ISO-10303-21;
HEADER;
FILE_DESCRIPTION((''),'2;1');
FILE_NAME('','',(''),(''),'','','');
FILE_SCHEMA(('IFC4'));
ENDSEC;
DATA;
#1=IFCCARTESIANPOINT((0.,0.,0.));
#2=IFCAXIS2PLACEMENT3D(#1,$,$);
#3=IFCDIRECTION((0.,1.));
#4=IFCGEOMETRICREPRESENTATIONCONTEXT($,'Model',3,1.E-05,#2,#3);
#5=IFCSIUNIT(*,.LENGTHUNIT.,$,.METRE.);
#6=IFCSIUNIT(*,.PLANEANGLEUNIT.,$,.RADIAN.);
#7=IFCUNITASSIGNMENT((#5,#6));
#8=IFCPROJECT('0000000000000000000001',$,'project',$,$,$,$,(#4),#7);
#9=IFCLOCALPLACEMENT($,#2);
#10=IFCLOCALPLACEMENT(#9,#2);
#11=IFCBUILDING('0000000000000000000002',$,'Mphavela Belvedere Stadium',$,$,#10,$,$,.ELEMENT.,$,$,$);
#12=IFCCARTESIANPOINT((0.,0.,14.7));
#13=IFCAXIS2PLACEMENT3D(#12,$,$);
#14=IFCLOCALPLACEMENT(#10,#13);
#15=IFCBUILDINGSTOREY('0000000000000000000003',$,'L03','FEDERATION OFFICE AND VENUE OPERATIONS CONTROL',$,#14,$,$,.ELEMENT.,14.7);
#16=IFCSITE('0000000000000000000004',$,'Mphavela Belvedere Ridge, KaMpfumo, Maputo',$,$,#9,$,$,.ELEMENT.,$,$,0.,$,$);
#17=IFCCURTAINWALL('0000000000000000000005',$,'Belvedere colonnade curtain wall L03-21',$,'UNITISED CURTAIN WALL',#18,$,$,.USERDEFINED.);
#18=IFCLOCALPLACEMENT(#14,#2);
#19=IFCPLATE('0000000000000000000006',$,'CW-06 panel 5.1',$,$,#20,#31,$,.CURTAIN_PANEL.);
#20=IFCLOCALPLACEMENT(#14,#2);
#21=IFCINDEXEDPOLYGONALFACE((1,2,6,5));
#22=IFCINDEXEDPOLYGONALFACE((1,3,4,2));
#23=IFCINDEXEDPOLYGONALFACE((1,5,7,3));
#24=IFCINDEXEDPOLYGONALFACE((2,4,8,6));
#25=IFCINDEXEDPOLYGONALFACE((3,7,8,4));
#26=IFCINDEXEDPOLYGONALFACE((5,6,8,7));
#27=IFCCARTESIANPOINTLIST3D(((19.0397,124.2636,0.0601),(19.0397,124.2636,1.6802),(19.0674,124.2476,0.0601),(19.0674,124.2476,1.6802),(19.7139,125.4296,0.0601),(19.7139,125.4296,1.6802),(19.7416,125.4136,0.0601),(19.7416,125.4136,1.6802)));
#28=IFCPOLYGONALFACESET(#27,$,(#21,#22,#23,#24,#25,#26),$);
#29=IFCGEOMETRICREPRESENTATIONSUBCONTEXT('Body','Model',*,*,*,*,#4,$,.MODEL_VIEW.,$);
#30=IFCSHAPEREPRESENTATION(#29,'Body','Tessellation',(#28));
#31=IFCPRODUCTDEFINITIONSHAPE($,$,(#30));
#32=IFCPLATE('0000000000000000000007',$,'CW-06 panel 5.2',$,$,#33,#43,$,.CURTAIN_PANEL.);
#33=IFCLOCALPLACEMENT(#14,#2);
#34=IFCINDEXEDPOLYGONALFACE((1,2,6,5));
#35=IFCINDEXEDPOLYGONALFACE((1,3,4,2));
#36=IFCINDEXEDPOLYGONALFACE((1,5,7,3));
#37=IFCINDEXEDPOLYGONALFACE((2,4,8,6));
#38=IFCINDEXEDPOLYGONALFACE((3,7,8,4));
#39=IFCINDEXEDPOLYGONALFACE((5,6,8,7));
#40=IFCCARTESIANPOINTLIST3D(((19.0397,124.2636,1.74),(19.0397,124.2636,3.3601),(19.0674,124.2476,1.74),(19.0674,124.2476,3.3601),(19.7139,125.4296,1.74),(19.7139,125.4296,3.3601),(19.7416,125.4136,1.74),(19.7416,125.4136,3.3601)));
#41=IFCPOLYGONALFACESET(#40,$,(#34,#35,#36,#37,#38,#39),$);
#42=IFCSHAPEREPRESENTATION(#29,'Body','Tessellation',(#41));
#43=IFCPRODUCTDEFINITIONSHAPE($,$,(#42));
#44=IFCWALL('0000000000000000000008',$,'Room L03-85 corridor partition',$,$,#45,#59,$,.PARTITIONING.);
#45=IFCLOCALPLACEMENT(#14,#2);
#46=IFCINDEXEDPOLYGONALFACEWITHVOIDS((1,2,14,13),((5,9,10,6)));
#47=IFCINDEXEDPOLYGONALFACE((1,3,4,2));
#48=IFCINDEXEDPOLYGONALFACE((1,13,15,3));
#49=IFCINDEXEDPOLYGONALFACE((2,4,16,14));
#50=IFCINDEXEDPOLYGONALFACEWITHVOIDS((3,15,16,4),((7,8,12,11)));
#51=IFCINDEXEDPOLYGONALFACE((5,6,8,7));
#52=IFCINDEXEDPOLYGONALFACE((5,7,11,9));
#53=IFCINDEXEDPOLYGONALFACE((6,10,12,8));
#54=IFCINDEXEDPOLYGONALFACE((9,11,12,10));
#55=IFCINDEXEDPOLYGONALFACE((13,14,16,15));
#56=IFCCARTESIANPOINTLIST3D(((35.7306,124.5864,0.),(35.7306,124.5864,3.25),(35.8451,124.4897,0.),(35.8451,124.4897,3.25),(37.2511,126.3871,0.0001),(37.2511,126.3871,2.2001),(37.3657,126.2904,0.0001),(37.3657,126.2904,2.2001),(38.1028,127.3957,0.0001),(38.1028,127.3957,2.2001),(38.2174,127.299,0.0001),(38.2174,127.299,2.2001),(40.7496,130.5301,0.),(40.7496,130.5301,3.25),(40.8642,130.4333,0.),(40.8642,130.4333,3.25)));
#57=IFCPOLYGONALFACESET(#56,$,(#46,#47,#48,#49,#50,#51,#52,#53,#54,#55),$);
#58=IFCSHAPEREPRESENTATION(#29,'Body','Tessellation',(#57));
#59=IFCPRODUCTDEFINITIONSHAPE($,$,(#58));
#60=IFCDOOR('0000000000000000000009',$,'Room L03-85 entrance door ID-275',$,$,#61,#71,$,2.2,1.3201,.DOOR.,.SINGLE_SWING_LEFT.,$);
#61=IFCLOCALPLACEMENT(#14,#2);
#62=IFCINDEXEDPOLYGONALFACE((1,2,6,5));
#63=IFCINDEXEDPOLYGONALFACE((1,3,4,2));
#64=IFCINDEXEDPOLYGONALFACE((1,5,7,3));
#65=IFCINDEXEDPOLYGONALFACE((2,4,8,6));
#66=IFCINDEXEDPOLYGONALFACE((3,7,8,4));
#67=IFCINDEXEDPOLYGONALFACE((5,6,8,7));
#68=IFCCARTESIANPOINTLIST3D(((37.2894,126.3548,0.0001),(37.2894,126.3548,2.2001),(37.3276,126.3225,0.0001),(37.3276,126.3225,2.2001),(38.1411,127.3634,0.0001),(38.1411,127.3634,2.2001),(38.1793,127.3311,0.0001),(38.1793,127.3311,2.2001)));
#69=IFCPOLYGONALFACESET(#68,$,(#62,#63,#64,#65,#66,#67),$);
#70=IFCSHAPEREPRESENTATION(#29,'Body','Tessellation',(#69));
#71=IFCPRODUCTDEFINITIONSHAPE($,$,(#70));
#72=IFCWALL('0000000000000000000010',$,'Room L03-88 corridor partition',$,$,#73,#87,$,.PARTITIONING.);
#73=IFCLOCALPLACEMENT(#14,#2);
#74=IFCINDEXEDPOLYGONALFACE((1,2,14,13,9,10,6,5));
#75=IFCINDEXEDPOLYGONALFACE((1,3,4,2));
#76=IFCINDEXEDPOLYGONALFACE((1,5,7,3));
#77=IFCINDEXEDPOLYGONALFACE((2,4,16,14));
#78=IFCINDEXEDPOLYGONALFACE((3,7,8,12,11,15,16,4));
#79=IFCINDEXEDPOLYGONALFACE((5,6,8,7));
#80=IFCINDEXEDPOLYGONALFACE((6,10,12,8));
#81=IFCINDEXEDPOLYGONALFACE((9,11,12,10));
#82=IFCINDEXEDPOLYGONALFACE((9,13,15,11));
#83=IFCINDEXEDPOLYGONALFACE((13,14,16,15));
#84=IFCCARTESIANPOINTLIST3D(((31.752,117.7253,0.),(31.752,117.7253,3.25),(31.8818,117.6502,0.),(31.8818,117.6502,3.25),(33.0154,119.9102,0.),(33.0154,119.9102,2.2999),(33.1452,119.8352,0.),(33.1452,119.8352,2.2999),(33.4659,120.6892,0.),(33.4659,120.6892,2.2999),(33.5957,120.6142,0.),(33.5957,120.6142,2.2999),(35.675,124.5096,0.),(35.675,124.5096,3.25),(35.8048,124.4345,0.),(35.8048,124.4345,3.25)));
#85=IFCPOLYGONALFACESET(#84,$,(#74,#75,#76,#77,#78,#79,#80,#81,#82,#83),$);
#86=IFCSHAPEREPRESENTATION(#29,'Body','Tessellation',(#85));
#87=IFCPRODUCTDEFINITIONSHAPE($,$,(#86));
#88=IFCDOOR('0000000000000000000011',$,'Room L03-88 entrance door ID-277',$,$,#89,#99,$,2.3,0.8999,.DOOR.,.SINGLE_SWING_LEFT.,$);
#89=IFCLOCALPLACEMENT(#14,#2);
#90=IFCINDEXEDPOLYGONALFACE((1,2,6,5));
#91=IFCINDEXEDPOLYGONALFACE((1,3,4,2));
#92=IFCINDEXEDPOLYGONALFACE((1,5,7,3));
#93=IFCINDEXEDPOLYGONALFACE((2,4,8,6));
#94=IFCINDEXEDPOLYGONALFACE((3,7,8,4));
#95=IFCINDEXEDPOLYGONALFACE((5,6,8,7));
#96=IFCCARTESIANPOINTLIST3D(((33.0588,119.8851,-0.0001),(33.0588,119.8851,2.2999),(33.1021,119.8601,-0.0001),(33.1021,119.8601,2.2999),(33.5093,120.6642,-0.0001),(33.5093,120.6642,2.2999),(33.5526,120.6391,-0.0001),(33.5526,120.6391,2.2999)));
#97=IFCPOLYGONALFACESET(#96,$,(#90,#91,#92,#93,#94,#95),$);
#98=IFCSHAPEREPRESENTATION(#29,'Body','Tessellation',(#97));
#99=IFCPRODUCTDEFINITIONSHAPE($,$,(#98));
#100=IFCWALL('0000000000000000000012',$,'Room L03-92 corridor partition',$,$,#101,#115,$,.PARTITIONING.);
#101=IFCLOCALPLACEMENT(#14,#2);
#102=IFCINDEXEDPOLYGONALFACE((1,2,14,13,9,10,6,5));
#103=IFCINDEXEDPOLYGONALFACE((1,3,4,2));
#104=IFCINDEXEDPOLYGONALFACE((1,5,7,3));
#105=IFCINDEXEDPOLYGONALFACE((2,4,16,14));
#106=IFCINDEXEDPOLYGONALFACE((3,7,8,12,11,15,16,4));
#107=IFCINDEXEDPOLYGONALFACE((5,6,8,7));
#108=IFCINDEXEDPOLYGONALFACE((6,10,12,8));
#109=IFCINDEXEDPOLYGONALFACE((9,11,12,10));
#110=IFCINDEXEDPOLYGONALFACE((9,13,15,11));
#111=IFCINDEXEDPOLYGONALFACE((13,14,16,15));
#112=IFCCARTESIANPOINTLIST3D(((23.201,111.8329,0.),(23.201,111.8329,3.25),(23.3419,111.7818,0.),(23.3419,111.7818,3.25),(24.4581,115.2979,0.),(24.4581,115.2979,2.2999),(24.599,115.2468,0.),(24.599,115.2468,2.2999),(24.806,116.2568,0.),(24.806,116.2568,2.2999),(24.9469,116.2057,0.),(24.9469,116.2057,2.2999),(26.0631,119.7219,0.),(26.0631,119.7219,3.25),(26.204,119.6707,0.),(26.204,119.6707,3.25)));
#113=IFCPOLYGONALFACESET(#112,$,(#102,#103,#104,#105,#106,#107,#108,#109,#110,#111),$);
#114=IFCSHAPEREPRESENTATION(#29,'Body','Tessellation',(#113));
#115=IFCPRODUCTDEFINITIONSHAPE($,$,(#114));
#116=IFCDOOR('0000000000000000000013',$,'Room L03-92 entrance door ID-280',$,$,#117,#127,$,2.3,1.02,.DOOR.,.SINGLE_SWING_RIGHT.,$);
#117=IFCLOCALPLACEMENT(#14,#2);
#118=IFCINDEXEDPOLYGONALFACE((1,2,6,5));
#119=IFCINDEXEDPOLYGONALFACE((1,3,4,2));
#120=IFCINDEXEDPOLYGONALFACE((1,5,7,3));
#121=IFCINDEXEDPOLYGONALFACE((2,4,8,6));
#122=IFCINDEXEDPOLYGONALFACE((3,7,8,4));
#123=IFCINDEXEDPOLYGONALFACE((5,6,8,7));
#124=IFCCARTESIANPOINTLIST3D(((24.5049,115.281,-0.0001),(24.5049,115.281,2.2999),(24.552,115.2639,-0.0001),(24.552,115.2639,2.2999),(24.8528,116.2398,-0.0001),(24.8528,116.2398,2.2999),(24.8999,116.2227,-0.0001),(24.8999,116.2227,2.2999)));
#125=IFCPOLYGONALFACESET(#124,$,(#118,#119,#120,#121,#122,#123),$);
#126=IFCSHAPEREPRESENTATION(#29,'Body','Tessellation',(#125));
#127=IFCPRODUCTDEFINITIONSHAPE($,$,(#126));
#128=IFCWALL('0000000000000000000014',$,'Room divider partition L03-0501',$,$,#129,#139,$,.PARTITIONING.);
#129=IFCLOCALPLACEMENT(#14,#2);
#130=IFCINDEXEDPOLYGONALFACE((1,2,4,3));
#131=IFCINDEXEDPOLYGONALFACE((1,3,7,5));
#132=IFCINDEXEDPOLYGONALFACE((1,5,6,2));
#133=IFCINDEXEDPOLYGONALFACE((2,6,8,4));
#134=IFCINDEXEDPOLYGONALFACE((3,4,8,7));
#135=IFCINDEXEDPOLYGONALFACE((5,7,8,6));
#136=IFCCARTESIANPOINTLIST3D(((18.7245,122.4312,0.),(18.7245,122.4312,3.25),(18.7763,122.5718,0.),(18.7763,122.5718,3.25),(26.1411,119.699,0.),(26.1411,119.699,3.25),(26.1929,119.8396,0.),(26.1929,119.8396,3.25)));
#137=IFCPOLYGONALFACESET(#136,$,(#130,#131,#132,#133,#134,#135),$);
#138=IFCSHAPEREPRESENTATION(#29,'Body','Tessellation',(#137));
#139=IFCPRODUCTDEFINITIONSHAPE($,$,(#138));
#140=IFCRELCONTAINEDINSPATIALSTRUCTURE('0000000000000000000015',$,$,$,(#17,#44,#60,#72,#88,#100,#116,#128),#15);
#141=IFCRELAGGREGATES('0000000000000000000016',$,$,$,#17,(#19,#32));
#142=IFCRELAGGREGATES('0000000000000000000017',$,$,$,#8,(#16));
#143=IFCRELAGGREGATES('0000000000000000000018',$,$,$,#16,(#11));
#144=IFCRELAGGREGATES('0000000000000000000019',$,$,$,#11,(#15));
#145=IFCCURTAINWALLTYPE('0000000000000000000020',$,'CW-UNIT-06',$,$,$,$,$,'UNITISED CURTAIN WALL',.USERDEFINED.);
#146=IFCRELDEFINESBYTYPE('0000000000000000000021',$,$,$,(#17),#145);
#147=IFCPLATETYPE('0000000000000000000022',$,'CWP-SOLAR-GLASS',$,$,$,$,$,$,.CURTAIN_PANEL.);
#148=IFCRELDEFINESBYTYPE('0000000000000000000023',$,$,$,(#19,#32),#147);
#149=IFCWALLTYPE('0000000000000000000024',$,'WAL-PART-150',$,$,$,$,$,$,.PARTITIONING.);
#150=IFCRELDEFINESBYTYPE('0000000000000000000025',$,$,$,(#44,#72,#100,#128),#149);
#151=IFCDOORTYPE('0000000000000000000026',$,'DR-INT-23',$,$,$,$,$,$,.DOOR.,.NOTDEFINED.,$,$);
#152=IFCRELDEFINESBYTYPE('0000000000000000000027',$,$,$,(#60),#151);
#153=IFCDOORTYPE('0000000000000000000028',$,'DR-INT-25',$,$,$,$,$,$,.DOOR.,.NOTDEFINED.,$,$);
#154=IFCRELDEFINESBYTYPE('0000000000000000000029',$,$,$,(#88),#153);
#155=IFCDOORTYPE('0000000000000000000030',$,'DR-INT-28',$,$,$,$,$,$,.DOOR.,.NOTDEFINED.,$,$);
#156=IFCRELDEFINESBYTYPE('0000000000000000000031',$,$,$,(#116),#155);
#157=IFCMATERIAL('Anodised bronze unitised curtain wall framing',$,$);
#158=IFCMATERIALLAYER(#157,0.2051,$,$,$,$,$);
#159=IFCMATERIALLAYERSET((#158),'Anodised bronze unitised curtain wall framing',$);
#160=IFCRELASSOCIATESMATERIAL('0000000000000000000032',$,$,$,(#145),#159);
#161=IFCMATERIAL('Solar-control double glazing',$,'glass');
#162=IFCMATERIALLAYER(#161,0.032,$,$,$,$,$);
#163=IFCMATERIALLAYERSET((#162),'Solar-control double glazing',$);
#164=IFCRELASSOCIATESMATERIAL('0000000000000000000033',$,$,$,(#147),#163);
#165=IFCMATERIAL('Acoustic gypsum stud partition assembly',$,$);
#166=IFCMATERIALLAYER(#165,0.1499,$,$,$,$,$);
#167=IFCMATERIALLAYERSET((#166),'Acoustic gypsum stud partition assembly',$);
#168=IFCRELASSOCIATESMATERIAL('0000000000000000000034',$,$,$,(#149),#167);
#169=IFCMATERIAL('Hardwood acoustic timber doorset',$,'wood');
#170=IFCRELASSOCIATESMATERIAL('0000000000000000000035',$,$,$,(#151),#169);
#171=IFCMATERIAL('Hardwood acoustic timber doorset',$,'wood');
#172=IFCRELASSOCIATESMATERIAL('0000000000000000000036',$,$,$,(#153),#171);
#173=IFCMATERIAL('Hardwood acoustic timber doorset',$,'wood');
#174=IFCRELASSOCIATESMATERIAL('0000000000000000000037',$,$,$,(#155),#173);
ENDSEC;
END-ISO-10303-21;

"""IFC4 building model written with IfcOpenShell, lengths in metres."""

from ifc_helpers import new_model, si_unit, direction, frame, frame_2d, origin, origin_2d, place, context, subcontext, project, spatial, rectangle, extrude, material, layer, layer_set, type_object, element, fill, aggregate, save


model = new_model("IFC4")

# Units and contexts
model_context = context("Model", 3, precision=1e-05, world=origin(), true_north=direction((0.0, 1.0)))
body_context = subcontext(model_context, "Body", "Model", "MODEL_VIEW")
ifc_project = project(units=[si_unit("LENGTHUNIT", "METRE"), si_unit("PLANEANGLEUNIT", "RADIAN")], contexts=[model_context])

# Site, building, storey
site_placement = place(None, origin())
site = spatial("IfcSite", under=ifc_project, at=site_placement, Name="Mphavela Belvedere Ridge, KaMpfumo, Maputo", CompositionType="ELEMENT", RefElevation=0.0)
building_placement = place(site_placement, origin())
building = spatial("IfcBuilding", under=site, at=building_placement, Name="Mphavela Belvedere Stadium", CompositionType="ELEMENT")
storey_placement = place(building_placement, frame((0.0, 0.0, 14.7)))
storey = spatial("IfcBuildingStorey", under=building, at=storey_placement, Name="L03", Description="FEDERATION OFFICE AND VENUE OPERATIONS CONTROL", CompositionType="ELEMENT", Elevation=14.7)

# Curtain wall, plates
ifc_material_1 = material(Name="Anodised bronze unitised curtain wall framing")
ifc_layer_1 = layer(ifc_material_1, 0.2051)
ifc_layer_set_1 = layer_set([ifc_layer_1], Name="Anodised bronze unitised curtain wall framing")
curtain_wall_type = type_object("IfcCurtainWallType", Name="CW-UNIT-06", ElementType="UNITISED CURTAIN WALL", PredefinedType="USERDEFINED", material=ifc_layer_set_1)
curtain_wall_placement = place(storey_placement, origin())
curtain_wall = element("IfcCurtainWall", 1, at=curtain_wall_placement, inside=storey, type_object=curtain_wall_type, Name="Belvedere colonnade curtain wall L03-21", ObjectType="UNITISED CURTAIN WALL", PredefinedType="USERDEFINED")
ifc_material_2 = material(Name="Solar-control double glazing", Category="glass")
ifc_layer_2 = layer(ifc_material_2, 0.032)
ifc_layer_set_2 = layer_set([ifc_layer_2], Name="Solar-control double glazing")
plate_type = type_object("IfcPlateType", Name="CWP-SOLAR-GLASS", PredefinedType="CURTAIN_PANEL", material=ifc_layer_set_2)
plate_1_placement = place(storey_placement, frame((19.3906, 124.8386, 0.0601), z_axis=(0.0, 0.0, 1.0), x_axis=(-0.500554, -0.865705, 0.0)))
plate_1 = element("IfcPlate", 2, at=plate_1_placement, type_object=plate_type, Name="CW-06 panel 5.1", PredefinedType="CURTAIN_PANEL", context=body_context, shape_type="SweptSolid", body=[
    extrude(rectangle(XDim=1.3469, YDim=0.032, at=origin_2d()), origin(), (0.0, 0.0, 1.0), 1.6201),
])
plate_2_placement = place(storey_placement, frame((19.3906, 124.8386, 1.74), z_axis=(0.0, 0.0, 1.0), x_axis=(-0.500554, -0.865705, 0.0)))
plate_2 = element("IfcPlate", 3, at=plate_2_placement, type_object=plate_type, Name="CW-06 panel 5.2", PredefinedType="CURTAIN_PANEL", context=body_context, shape_type="SweptSolid", body=[
    extrude(rectangle(XDim=1.3469, YDim=0.032, at=origin_2d()), origin(), (0.0, 0.0, 1.0), 1.6201),
])
aggregate(curtain_wall, [plate_1, plate_2])

# Walls, openings, doors
ifc_material_3 = material(Name="Acoustic gypsum stud partition assembly")
ifc_layer_3 = layer(ifc_material_3, 0.1499)
ifc_layer_set_3 = layer_set([ifc_layer_3], Name="Acoustic gypsum stud partition assembly")
wall_type = type_object("IfcWallType", Name="WAL-PART-150", PredefinedType="PARTITIONING", material=ifc_layer_set_3)
wall_1_placement = place(storey_placement, frame((35.7878, 124.5381, 0.0), z_axis=(0.0, 0.0, 1.0), x_axis=(0.645181, 0.76403, 0.0)))
wall_1 = element("IfcWall", 4, at=wall_1_placement, inside=storey, type_object=wall_type, Name="Room L03-85 corridor partition", PredefinedType="PARTITIONING", context=body_context, shape_type="SweptSolid", body=[
    extrude(rectangle(XDim=7.7793, YDim=0.1499, at=frame_2d((3.8896, 0.0))), origin(), (0.0, 0.0, 1.0), 3.25),
])
opening_1_placement = place(wall_1_placement, frame((2.3567, 0.0, 0.0)))
opening_1 = element("IfcOpeningElement", 5, at=opening_1_placement, cuts=wall_1, PredefinedType="OPENING", context=body_context, shape_type="SweptSolid", body=[
    extrude(rectangle(XDim=1.3201, YDim=2.2, at=frame_2d((0.6602, 1.1001))), frame((0.0, 0.085, 0.0), z_axis=(0.0, -1.0, 0.0), x_axis=(1.0, 0.0, 0.0)), (0.0, 0.0, 1.0), 0.1699),
])
ifc_material_4 = material(Name="Hardwood acoustic timber doorset", Category="wood")
door_type_1 = type_object("IfcDoorType", Name="DR-INT-23", OperationType="NOTDEFINED", PredefinedType="DOOR", material=ifc_material_4)
door_1_placement = place(opening_1_placement, origin())
door_1 = element("IfcDoor", 6, at=door_1_placement, inside=storey, type_object=door_type_1, Name="Room L03-85 entrance door ID-275", OperationType="SINGLE_SWING_LEFT", OverallHeight=2.2, OverallWidth=1.3201, PredefinedType="DOOR", context=body_context, shape_type="SweptSolid", body=[
    extrude(rectangle(XDim=1.3201, YDim=2.2, at=frame_2d((0.6602, 1.1001))), frame((0.0, 0.0249, 0.0), z_axis=(0.0, -1.0, 0.0), x_axis=(1.0, 0.0, 0.0)), (0.0, 0.0, 1.0), 0.05),
])
fill(opening_1, door_1)
wall_2_placement = place(storey_placement, frame((31.8169, 117.6877, 0.0), z_axis=(0.0, 0.0, 1.0), x_axis=(0.500584, 0.865688, 0.0)))
wall_2 = element("IfcWall", 7, at=wall_2_placement, inside=storey, type_object=wall_type, Name="Room L03-88 corridor partition", PredefinedType="PARTITIONING", context=body_context, shape_type="SweptSolid", body=[
    extrude(rectangle(XDim=7.8369, YDim=0.1499, at=frame_2d((3.9185, 0.0))), origin(), (0.0, 0.0, 1.0), 3.25),
])
opening_2_placement = place(wall_2_placement, frame((2.5239, 0.0, 0.0)))
opening_2 = element("IfcOpeningElement", 8, at=opening_2_placement, cuts=wall_2, PredefinedType="OPENING", context=body_context, shape_type="SweptSolid", body=[
    extrude(rectangle(XDim=0.8999, YDim=2.3, at=frame_2d((0.45, 1.1499))), frame((0.0, 0.085, 0.0), z_axis=(0.0, -1.0, 0.0), x_axis=(1.0, 0.0, 0.0)), (0.0, 0.0, 1.0), 0.1699),
])
ifc_material_5 = material(Name="Hardwood acoustic timber doorset", Category="wood")
door_type_2 = type_object("IfcDoorType", Name="DR-INT-25", OperationType="NOTDEFINED", PredefinedType="DOOR", material=ifc_material_5)
door_2_placement = place(opening_2_placement, origin())
door_2 = element("IfcDoor", 9, at=door_2_placement, inside=storey, type_object=door_type_2, Name="Room L03-88 entrance door ID-277", OperationType="SINGLE_SWING_LEFT", OverallHeight=2.3, OverallWidth=0.8999, PredefinedType="DOOR", context=body_context, shape_type="SweptSolid", body=[
    extrude(rectangle(XDim=0.8999, YDim=2.3, at=frame_2d((0.45, 1.1499))), frame((0.0, 0.0249, 0.0), z_axis=(0.0, -1.0, 0.0), x_axis=(1.0, 0.0, 0.0)), (0.0, 0.0, 1.0), 0.05),
])
fill(opening_2, door_2)
wall_3_placement = place(storey_placement, frame((26.1335, 119.6963, 0.0), z_axis=(0.0, 0.0, 1.0), x_axis=(-0.341045, -0.940047, 0.0)))
wall_3 = element("IfcWall", 10, at=wall_3_placement, inside=storey, type_object=wall_type, Name="Room L03-92 corridor partition", PredefinedType="PARTITIONING", context=body_context, shape_type="SweptSolid", body=[
    extrude(rectangle(XDim=8.3921, YDim=0.1499, at=frame_2d((4.196, 0.0))), origin(), (0.0, 0.0, 1.0), 3.25),
])
opening_3_placement = place(wall_3_placement, frame((3.686, 0.0, 0.0)))
opening_3 = element("IfcOpeningElement", 11, at=opening_3_placement, cuts=wall_3, PredefinedType="OPENING", context=body_context, shape_type="SweptSolid", body=[
    extrude(rectangle(XDim=1.02, YDim=2.3, at=frame_2d((0.51, 1.1499))), frame((0.0, 0.085, 0.0), z_axis=(0.0, -1.0, 0.0), x_axis=(1.0, 0.0, 0.0)), (0.0, 0.0, 1.0), 0.1699),
])
ifc_material_6 = material(Name="Hardwood acoustic timber doorset", Category="wood")
door_type_3 = type_object("IfcDoorType", Name="DR-INT-28", OperationType="NOTDEFINED", PredefinedType="DOOR", material=ifc_material_6)
door_3_placement = place(opening_3_placement, origin())
door_3 = element("IfcDoor", 12, at=door_3_placement, inside=storey, type_object=door_type_3, Name="Room L03-92 entrance door ID-280", OperationType="SINGLE_SWING_RIGHT", OverallHeight=2.3, OverallWidth=1.02, PredefinedType="DOOR", context=body_context, shape_type="SweptSolid", body=[
    extrude(rectangle(XDim=1.02, YDim=2.3, at=frame_2d((0.51, 1.1499))), frame((0.0, 0.0249, 0.0), z_axis=(0.0, -1.0, 0.0), x_axis=(1.0, 0.0, 0.0)), (0.0, 0.0, 1.0), 0.05),
])
fill(opening_3, door_3)

# Wall
wall_4_placement = place(storey_placement, frame((26.167, 119.7693, 0.0), z_axis=(0.0, 0.0, 1.0), x_axis=(-0.938352, 0.345681, 0.0)))
element("IfcWall", 13, at=wall_4_placement, inside=storey, type_object=wall_type, Name="Room divider partition L03-0501", PredefinedType="PARTITIONING", context=body_context, shape_type="SweptSolid", body=[
    extrude(rectangle(XDim=7.9038, YDim=0.1499, at=frame_2d((3.9519, 0.0))), origin(), (0.0, 0.0, 1.0), 3.25),
])

save(model, "model.ifc")
